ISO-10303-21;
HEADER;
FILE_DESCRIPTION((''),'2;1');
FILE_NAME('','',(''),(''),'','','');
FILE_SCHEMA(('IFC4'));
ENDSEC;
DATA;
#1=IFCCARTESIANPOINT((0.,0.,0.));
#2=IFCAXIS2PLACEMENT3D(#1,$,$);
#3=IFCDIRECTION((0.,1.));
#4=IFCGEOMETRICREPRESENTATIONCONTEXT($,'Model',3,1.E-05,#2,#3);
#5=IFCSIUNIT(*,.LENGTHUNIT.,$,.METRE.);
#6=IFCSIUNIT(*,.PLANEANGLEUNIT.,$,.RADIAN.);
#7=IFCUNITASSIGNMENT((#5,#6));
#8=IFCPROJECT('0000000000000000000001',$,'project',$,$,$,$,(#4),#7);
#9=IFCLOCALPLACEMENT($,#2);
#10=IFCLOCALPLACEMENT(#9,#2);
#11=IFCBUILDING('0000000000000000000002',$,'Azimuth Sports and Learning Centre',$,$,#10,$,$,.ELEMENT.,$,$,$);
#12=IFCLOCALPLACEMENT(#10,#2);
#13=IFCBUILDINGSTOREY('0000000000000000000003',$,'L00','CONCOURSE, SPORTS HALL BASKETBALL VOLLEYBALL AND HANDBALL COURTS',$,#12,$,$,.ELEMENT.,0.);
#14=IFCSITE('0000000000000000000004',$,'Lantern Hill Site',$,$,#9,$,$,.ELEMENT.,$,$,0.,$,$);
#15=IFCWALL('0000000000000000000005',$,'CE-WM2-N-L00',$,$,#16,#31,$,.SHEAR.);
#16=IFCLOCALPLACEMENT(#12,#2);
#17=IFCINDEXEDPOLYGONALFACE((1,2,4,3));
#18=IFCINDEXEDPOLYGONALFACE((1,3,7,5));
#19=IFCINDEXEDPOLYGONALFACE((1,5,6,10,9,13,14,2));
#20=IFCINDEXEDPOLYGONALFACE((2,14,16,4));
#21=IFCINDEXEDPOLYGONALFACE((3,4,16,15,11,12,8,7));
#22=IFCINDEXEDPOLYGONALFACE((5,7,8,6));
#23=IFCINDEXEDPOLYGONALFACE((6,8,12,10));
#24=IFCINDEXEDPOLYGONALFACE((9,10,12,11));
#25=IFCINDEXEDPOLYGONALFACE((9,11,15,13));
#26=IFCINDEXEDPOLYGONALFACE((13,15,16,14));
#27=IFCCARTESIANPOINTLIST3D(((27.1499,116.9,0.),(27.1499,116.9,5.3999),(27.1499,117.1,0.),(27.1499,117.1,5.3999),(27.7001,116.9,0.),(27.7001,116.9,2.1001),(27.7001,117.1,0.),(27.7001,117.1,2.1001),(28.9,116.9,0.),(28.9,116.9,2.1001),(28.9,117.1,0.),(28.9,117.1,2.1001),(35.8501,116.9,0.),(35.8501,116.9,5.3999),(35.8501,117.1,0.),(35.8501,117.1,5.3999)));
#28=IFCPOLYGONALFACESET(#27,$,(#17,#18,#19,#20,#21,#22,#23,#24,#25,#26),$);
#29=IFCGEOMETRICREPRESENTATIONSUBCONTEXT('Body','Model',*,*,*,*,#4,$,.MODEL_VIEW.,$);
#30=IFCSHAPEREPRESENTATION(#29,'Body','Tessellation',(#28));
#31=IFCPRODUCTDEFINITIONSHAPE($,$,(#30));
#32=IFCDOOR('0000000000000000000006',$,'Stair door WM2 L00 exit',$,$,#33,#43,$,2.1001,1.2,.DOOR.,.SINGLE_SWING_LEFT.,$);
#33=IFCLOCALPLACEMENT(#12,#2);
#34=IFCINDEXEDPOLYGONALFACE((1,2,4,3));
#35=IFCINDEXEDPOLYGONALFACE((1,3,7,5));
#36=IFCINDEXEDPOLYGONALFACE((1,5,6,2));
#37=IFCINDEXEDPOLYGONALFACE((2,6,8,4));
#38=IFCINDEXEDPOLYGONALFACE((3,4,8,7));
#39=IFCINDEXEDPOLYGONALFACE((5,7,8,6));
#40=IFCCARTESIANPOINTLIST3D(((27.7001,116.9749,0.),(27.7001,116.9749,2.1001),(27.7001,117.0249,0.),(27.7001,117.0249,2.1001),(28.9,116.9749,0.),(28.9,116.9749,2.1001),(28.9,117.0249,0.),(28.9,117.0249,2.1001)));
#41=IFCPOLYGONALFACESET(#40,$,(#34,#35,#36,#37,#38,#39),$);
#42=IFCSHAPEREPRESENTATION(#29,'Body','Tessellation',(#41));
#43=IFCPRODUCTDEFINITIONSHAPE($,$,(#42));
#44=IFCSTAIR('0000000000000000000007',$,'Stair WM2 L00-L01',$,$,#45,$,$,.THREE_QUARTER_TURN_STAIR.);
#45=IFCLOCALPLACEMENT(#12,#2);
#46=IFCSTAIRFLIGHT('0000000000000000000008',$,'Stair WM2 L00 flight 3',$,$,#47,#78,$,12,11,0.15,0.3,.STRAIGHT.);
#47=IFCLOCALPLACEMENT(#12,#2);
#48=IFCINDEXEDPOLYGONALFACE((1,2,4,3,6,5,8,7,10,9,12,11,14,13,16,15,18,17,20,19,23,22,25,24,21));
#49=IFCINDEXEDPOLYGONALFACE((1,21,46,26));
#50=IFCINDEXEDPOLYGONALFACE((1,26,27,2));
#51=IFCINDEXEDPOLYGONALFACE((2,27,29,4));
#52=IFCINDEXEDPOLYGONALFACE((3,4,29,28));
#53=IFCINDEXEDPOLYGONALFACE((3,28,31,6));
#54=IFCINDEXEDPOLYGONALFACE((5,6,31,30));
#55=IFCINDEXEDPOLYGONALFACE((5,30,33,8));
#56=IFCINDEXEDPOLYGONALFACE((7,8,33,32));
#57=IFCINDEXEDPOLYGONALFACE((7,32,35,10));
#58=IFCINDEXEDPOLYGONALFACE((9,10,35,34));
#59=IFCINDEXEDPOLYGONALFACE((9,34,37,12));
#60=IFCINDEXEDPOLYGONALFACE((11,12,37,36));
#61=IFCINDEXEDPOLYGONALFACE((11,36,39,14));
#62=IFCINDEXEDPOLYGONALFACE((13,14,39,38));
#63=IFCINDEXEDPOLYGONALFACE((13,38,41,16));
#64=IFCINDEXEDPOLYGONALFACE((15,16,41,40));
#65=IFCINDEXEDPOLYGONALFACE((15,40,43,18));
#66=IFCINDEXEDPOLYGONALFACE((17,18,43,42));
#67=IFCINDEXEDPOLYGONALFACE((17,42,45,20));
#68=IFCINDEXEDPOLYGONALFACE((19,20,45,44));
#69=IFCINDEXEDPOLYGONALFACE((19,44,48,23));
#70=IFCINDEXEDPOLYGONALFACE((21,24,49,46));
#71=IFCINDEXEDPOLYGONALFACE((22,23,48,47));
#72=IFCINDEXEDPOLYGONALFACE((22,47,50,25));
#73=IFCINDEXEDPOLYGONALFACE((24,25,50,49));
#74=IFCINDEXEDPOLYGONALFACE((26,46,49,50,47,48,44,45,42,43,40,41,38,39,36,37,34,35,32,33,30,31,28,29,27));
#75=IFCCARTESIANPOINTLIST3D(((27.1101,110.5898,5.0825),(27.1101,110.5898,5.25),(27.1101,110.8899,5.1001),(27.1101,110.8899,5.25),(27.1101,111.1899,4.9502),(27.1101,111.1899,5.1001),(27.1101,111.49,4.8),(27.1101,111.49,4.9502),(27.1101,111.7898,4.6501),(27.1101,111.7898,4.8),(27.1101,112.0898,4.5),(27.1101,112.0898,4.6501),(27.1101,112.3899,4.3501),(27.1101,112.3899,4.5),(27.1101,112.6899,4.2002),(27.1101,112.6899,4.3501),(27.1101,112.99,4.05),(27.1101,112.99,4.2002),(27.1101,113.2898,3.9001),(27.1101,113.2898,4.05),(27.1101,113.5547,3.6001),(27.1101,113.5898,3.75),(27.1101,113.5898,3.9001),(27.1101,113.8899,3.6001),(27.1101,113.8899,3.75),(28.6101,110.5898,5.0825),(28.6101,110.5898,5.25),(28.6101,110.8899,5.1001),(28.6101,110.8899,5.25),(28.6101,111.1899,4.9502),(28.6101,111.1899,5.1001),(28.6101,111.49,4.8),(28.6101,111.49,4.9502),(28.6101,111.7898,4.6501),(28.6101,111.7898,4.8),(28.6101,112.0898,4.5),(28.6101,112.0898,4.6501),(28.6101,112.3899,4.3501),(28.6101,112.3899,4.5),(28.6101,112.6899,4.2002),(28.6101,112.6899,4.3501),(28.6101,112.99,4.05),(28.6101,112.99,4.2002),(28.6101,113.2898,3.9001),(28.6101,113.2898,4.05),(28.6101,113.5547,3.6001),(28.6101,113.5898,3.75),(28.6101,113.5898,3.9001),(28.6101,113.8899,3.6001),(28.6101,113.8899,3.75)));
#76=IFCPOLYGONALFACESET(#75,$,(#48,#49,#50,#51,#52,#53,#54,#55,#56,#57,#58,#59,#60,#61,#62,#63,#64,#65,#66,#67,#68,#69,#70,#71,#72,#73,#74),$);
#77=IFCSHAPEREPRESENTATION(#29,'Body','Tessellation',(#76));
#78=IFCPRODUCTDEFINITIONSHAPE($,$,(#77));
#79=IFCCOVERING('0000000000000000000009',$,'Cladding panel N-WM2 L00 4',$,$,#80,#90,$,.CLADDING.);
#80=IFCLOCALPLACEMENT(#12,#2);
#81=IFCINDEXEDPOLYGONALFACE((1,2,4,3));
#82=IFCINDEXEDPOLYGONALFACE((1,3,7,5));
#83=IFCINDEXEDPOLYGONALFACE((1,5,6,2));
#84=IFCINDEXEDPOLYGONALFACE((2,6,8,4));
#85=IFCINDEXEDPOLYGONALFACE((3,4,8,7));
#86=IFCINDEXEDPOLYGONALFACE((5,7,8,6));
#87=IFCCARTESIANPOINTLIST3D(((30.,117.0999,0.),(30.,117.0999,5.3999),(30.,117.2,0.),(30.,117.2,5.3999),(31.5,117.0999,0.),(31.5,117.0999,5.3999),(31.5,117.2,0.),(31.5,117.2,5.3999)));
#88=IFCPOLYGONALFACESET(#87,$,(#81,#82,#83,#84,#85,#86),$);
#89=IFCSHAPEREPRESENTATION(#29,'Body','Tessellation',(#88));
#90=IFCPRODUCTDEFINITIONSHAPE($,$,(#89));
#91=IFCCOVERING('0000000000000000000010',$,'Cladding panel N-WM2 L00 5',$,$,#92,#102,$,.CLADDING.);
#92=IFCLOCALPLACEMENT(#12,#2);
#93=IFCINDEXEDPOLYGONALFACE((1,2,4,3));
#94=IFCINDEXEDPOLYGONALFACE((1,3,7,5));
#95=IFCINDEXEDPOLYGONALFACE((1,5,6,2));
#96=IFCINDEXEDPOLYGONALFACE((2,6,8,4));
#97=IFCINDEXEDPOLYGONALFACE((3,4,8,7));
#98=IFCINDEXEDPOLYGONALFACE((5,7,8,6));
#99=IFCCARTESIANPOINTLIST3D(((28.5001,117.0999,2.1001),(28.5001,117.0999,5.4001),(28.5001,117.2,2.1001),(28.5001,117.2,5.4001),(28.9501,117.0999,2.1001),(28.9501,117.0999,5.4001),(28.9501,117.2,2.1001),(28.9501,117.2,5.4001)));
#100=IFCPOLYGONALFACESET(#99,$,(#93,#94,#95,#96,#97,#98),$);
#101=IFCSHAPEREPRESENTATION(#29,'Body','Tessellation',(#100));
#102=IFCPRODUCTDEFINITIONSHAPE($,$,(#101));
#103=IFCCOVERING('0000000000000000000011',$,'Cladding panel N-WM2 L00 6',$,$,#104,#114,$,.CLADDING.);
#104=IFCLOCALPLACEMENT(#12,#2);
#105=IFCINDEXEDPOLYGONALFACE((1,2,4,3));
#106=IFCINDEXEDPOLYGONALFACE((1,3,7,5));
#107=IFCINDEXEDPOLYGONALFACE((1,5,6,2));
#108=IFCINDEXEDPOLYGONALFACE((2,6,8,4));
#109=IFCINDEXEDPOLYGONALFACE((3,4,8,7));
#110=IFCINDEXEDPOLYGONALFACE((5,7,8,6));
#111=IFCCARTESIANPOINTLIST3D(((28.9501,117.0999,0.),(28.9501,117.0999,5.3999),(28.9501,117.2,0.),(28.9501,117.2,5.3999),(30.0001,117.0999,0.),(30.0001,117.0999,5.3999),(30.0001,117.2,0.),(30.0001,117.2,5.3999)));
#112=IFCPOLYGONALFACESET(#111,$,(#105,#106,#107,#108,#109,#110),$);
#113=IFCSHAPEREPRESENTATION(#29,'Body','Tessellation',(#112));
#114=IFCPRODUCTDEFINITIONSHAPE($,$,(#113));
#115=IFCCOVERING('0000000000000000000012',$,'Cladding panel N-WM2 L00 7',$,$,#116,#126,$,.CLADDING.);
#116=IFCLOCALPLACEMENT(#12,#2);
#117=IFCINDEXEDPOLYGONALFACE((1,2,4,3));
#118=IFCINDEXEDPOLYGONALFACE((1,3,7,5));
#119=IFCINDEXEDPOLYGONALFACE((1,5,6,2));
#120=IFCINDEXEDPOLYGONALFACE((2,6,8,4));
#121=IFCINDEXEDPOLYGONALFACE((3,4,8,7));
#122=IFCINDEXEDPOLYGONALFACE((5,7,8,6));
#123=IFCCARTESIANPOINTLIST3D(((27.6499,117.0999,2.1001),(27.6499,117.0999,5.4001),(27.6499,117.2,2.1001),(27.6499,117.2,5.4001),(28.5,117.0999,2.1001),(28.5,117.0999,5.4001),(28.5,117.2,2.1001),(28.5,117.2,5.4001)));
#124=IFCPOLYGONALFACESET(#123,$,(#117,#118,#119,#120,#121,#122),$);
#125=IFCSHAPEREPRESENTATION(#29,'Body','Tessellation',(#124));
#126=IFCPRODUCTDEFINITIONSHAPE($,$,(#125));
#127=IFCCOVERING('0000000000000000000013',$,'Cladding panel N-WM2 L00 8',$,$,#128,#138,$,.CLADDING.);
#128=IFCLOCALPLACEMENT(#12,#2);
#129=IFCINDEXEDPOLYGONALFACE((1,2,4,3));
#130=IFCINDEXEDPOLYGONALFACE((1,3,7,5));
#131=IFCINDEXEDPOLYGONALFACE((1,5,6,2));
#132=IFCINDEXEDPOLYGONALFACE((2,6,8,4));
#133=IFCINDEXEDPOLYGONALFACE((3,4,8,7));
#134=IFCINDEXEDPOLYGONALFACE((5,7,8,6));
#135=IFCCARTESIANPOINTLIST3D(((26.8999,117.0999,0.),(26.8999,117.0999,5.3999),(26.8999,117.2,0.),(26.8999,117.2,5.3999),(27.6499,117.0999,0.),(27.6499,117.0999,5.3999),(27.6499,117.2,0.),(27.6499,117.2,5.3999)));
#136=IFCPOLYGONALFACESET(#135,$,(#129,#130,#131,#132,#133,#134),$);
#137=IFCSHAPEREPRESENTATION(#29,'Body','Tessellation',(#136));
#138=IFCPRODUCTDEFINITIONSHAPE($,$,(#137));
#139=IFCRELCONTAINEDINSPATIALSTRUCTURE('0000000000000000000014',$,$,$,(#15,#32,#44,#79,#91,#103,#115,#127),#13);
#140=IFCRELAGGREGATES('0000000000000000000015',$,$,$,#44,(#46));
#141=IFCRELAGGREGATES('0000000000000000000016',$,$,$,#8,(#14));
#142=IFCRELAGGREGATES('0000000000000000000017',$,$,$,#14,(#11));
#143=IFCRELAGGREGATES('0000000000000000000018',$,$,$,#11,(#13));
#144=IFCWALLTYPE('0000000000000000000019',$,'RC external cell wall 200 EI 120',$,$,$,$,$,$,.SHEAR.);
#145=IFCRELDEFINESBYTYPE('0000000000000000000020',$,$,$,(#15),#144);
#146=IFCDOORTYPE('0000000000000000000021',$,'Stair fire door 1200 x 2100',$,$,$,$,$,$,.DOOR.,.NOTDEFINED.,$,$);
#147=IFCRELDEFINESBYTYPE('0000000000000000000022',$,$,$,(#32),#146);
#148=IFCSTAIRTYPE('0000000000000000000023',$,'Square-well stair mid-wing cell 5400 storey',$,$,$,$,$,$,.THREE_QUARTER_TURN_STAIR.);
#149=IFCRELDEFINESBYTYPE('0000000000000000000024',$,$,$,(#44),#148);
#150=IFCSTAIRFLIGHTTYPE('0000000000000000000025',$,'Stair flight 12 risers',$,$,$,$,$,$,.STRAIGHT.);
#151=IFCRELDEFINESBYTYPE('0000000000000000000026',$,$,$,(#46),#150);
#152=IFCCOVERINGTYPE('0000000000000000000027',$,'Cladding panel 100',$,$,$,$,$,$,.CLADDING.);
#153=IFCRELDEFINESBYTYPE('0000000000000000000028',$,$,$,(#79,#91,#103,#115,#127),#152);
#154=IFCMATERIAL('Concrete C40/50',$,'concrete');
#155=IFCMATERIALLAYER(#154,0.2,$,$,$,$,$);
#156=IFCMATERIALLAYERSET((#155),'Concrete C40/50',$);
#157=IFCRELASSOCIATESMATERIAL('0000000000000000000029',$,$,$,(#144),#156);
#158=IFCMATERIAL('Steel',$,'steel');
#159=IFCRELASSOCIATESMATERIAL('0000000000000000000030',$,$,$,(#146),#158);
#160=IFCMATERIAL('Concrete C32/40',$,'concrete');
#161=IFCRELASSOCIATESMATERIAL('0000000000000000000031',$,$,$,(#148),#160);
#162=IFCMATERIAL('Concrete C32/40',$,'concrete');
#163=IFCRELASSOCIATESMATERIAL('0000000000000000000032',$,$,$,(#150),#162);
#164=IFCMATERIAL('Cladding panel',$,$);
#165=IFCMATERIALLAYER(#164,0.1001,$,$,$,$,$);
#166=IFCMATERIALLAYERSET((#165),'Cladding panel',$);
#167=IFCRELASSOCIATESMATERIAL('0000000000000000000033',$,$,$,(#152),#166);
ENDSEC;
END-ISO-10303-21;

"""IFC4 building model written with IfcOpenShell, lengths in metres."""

from ifc_helpers import new_model, si_unit, direction, frame, frame_2d, origin, origin_2d, place, context, subcontext, project, spatial, polyline, rectangle, outline, extrude, material, layer, layer_set, type_object, element, fill, aggregate, save


model = new_model("IFC4")

# Units and contexts
model_context = context("Model", 3, precision=1e-05, world=origin(), true_north=direction((0.0, 1.0)))
body_context = subcontext(model_context, "Body", "Model", "MODEL_VIEW")
ifc_project = project(units=[si_unit("LENGTHUNIT", "METRE"), si_unit("PLANEANGLEUNIT", "RADIAN")], contexts=[model_context])

# Site, building, storey
site_placement = place(None, origin())
site = spatial("IfcSite", under=ifc_project, at=site_placement, Name="Lantern Hill Site", CompositionType="ELEMENT", RefElevation=0.0)
building_placement = place(site_placement, origin())
building = spatial("IfcBuilding", under=site, at=building_placement, Name="Azimuth Sports and Learning Centre", CompositionType="ELEMENT")
storey_placement = place(building_placement, origin())
storey = spatial("IfcBuildingStorey", under=building, at=storey_placement, Name="L00", Description="CONCOURSE, SPORTS HALL BASKETBALL VOLLEYBALL AND HANDBALL COURTS", CompositionType="ELEMENT", Elevation=0.0)

# Wall, opening, door
ifc_material_1 = material(Name="Concrete C40/50", Category="concrete")
ifc_layer_1 = layer(ifc_material_1, 0.2)
ifc_layer_set_1 = layer_set([ifc_layer_1], Name="Concrete C40/50")
wall_type = type_object("IfcWallType", Name="RC external cell wall 200 EI 120", PredefinedType="SHEAR", material=ifc_layer_set_1)
wall_placement = place(storey_placement, frame((27.1499, 117.0, 0.0), z_axis=(0.0, 0.0, 1.0), x_axis=(1.0, 0.0, 0.0)))
wall = element("IfcWall", 1, at=wall_placement, inside=storey, type_object=wall_type, Name="CE-WM2-N-L00", PredefinedType="SHEAR", context=body_context, shape_type="SweptSolid", body=[
    extrude(rectangle(XDim=8.7002, YDim=0.2, at=frame_2d((4.3501, 0.0))), origin(), (0.0, 0.0, 1.0), 5.3999),
])
opening_placement = place(wall_placement, frame((0.55, 0.0, 0.0)))
opening = element("IfcOpeningElement", 2, at=opening_placement, cuts=wall, PredefinedType="OPENING", context=body_context, shape_type="SweptSolid", body=[
    extrude(rectangle(XDim=1.2, YDim=2.1001, at=frame_2d((0.6001, 1.05))), frame((0.0, 0.1108, 0.0), z_axis=(0.0, -1.0, 0.0), x_axis=(1.0, 0.0, 0.0)), (0.0, 0.0, 1.0), 0.2219),
])
ifc_material_2 = material(Name="Steel", Category="steel")
door_type = type_object("IfcDoorType", Name="Stair fire door 1200 x 2100", OperationType="NOTDEFINED", PredefinedType="DOOR", material=ifc_material_2)
door_placement = place(opening_placement, origin())
door = element("IfcDoor", 3, at=door_placement, inside=storey, type_object=door_type, Name="Stair door WM2 L00 exit", OperationType="SINGLE_SWING_LEFT", OverallHeight=2.1001, OverallWidth=1.2, PredefinedType="DOOR", context=body_context, shape_type="SweptSolid", body=[
    extrude(rectangle(XDim=1.2, YDim=2.1001, at=frame_2d((0.6001, 1.05))), frame((0.0, 0.0249, 0.0), z_axis=(0.0, -1.0, 0.0), x_axis=(1.0, 0.0, 0.0)), (0.0, 0.0, 1.0), 0.05),
])
fill(opening, door)

# Stair, stair flight
ifc_material_3 = material(Name="Concrete C32/40", Category="concrete")
stair_type = type_object("IfcStairType", Name="Square-well stair mid-wing cell 5400 storey", PredefinedType="THREE_QUARTER_TURN_STAIR", material=ifc_material_3)
stair_placement = place(storey_placement, origin())
stair = element("IfcStair", 4, at=stair_placement, inside=storey, type_object=stair_type, Name="Stair WM2 L00-L01", PredefinedType="THREE_QUARTER_TURN_STAIR")
ifc_material_4 = material(Name="Concrete C32/40", Category="concrete")
stair_flight_type = type_object("IfcStairFlightType", Name="Stair flight 12 risers", PredefinedType="STRAIGHT", material=ifc_material_4)
stair_flight_placement = place(storey_placement, frame((27.8601, 113.8899, 3.6001), z_axis=(0.0, 0.0, 1.0), x_axis=(0.0, -1.0, 0.0)))
stair_flight = element("IfcStairFlight", 5, at=stair_flight_placement, type_object=stair_flight_type, Name="Stair WM2 L00 flight 3", NumberOfRisers=12, NumberOfTreads=11, PredefinedType="STRAIGHT", RiserHeight=0.15, TreadLength=0.3, context=body_context, shape_type="SweptSolid", body=[
    extrude(outline(polyline([(0.0, 0.0), (0.0, 0.1499), (0.3, 0.1499), (0.3, 0.3), (0.6001, 0.3), (0.6001, 0.45), (0.8999, 0.45), (0.8999, 0.6001), (1.2, 0.6001), (1.2, 0.75), (1.5, 0.75), (1.5, 0.8999), (1.8, 0.8999), (1.8, 1.05), (2.1001, 1.05), (2.1001, 1.2), (2.3999, 1.2), (2.3999, 1.3501), (2.7, 1.3501), (2.7, 1.5), (3.0, 1.5), (3.0, 1.6499), (3.3, 1.6499), (3.3, 1.8), (3.3, 1.4824), (0.3352, 0.0), (0.0, 0.0)])), frame((0.0, 0.75, 0.0), z_axis=(0.0, -1.0, 0.0), x_axis=(1.0, 0.0, 0.0)), (0.0, 0.0, 1.0), 1.5),
])
aggregate(stair, [stair_flight])

# Coverings
ifc_material_5 = material(Name="Cladding panel")
ifc_layer_2 = layer(ifc_material_5, 0.1001)
ifc_layer_set_2 = layer_set([ifc_layer_2], Name="Cladding panel")
covering_type = type_object("IfcCoveringType", Name="Cladding panel 100", PredefinedType="CLADDING", material=ifc_layer_set_2)
covering_1_placement = place(storey_placement, frame((30.75, 117.1499, 0.0), z_axis=(0.0, 0.0, 1.0), x_axis=(-1.0, 0.0, 0.0)))
element("IfcCovering", 6, at=covering_1_placement, inside=storey, type_object=covering_type, Name="Cladding panel N-WM2 L00 4", PredefinedType="CLADDING", context=body_context, shape_type="SweptSolid", body=[
    extrude(rectangle(XDim=1.5, YDim=0.1001, at=origin_2d()), origin(), (0.0, 0.0, 1.0), 5.3999),
])
covering_2_placement = place(storey_placement, frame((28.7251, 117.1499, 2.1001), z_axis=(0.0, 0.0, 1.0), x_axis=(-1.0, 0.0, 0.0)))
element("IfcCovering", 7, at=covering_2_placement, inside=storey, type_object=covering_type, Name="Cladding panel N-WM2 L00 5", PredefinedType="CLADDING", context=body_context, shape_type="SweptSolid", body=[
    extrude(rectangle(XDim=0.45, YDim=0.1001, at=origin_2d()), origin(), (0.0, 0.0, 1.0), 3.3),
])
covering_3_placement = place(storey_placement, frame((29.4751, 117.1499, 0.0), z_axis=(0.0, 0.0, 1.0), x_axis=(-1.0, 0.0, 0.0)))
element("IfcCovering", 8, at=covering_3_placement, inside=storey, type_object=covering_type, Name="Cladding panel N-WM2 L00 6", PredefinedType="CLADDING", context=body_context, shape_type="SweptSolid", body=[
    extrude(rectangle(XDim=1.05, YDim=0.1001, at=origin_2d()), origin(), (0.0, 0.0, 1.0), 5.3999),
])
covering_4_placement = place(storey_placement, frame((28.075, 117.1499, 2.1001), z_axis=(0.0, 0.0, 1.0), x_axis=(-1.0, 0.0, 0.0)))
element("IfcCovering", 9, at=covering_4_placement, inside=storey, type_object=covering_type, Name="Cladding panel N-WM2 L00 7", PredefinedType="CLADDING", context=body_context, shape_type="SweptSolid", body=[
    extrude(rectangle(XDim=0.8501, YDim=0.1001, at=origin_2d()), origin(), (0.0, 0.0, 1.0), 3.3),
])
covering_5_placement = place(storey_placement, frame((27.2749, 117.1499, 0.0), z_axis=(0.0, 0.0, 1.0), x_axis=(-1.0, 0.0, 0.0)))
element("IfcCovering", 10, at=covering_5_placement, inside=storey, type_object=covering_type, Name="Cladding panel N-WM2 L00 8", PredefinedType="CLADDING", context=body_context, shape_type="SweptSolid", body=[
    extrude(rectangle(XDim=0.75, YDim=0.1001, at=origin_2d()), origin(), (0.0, 0.0, 1.0), 5.3999),
])

save(model, "model.ifc")
